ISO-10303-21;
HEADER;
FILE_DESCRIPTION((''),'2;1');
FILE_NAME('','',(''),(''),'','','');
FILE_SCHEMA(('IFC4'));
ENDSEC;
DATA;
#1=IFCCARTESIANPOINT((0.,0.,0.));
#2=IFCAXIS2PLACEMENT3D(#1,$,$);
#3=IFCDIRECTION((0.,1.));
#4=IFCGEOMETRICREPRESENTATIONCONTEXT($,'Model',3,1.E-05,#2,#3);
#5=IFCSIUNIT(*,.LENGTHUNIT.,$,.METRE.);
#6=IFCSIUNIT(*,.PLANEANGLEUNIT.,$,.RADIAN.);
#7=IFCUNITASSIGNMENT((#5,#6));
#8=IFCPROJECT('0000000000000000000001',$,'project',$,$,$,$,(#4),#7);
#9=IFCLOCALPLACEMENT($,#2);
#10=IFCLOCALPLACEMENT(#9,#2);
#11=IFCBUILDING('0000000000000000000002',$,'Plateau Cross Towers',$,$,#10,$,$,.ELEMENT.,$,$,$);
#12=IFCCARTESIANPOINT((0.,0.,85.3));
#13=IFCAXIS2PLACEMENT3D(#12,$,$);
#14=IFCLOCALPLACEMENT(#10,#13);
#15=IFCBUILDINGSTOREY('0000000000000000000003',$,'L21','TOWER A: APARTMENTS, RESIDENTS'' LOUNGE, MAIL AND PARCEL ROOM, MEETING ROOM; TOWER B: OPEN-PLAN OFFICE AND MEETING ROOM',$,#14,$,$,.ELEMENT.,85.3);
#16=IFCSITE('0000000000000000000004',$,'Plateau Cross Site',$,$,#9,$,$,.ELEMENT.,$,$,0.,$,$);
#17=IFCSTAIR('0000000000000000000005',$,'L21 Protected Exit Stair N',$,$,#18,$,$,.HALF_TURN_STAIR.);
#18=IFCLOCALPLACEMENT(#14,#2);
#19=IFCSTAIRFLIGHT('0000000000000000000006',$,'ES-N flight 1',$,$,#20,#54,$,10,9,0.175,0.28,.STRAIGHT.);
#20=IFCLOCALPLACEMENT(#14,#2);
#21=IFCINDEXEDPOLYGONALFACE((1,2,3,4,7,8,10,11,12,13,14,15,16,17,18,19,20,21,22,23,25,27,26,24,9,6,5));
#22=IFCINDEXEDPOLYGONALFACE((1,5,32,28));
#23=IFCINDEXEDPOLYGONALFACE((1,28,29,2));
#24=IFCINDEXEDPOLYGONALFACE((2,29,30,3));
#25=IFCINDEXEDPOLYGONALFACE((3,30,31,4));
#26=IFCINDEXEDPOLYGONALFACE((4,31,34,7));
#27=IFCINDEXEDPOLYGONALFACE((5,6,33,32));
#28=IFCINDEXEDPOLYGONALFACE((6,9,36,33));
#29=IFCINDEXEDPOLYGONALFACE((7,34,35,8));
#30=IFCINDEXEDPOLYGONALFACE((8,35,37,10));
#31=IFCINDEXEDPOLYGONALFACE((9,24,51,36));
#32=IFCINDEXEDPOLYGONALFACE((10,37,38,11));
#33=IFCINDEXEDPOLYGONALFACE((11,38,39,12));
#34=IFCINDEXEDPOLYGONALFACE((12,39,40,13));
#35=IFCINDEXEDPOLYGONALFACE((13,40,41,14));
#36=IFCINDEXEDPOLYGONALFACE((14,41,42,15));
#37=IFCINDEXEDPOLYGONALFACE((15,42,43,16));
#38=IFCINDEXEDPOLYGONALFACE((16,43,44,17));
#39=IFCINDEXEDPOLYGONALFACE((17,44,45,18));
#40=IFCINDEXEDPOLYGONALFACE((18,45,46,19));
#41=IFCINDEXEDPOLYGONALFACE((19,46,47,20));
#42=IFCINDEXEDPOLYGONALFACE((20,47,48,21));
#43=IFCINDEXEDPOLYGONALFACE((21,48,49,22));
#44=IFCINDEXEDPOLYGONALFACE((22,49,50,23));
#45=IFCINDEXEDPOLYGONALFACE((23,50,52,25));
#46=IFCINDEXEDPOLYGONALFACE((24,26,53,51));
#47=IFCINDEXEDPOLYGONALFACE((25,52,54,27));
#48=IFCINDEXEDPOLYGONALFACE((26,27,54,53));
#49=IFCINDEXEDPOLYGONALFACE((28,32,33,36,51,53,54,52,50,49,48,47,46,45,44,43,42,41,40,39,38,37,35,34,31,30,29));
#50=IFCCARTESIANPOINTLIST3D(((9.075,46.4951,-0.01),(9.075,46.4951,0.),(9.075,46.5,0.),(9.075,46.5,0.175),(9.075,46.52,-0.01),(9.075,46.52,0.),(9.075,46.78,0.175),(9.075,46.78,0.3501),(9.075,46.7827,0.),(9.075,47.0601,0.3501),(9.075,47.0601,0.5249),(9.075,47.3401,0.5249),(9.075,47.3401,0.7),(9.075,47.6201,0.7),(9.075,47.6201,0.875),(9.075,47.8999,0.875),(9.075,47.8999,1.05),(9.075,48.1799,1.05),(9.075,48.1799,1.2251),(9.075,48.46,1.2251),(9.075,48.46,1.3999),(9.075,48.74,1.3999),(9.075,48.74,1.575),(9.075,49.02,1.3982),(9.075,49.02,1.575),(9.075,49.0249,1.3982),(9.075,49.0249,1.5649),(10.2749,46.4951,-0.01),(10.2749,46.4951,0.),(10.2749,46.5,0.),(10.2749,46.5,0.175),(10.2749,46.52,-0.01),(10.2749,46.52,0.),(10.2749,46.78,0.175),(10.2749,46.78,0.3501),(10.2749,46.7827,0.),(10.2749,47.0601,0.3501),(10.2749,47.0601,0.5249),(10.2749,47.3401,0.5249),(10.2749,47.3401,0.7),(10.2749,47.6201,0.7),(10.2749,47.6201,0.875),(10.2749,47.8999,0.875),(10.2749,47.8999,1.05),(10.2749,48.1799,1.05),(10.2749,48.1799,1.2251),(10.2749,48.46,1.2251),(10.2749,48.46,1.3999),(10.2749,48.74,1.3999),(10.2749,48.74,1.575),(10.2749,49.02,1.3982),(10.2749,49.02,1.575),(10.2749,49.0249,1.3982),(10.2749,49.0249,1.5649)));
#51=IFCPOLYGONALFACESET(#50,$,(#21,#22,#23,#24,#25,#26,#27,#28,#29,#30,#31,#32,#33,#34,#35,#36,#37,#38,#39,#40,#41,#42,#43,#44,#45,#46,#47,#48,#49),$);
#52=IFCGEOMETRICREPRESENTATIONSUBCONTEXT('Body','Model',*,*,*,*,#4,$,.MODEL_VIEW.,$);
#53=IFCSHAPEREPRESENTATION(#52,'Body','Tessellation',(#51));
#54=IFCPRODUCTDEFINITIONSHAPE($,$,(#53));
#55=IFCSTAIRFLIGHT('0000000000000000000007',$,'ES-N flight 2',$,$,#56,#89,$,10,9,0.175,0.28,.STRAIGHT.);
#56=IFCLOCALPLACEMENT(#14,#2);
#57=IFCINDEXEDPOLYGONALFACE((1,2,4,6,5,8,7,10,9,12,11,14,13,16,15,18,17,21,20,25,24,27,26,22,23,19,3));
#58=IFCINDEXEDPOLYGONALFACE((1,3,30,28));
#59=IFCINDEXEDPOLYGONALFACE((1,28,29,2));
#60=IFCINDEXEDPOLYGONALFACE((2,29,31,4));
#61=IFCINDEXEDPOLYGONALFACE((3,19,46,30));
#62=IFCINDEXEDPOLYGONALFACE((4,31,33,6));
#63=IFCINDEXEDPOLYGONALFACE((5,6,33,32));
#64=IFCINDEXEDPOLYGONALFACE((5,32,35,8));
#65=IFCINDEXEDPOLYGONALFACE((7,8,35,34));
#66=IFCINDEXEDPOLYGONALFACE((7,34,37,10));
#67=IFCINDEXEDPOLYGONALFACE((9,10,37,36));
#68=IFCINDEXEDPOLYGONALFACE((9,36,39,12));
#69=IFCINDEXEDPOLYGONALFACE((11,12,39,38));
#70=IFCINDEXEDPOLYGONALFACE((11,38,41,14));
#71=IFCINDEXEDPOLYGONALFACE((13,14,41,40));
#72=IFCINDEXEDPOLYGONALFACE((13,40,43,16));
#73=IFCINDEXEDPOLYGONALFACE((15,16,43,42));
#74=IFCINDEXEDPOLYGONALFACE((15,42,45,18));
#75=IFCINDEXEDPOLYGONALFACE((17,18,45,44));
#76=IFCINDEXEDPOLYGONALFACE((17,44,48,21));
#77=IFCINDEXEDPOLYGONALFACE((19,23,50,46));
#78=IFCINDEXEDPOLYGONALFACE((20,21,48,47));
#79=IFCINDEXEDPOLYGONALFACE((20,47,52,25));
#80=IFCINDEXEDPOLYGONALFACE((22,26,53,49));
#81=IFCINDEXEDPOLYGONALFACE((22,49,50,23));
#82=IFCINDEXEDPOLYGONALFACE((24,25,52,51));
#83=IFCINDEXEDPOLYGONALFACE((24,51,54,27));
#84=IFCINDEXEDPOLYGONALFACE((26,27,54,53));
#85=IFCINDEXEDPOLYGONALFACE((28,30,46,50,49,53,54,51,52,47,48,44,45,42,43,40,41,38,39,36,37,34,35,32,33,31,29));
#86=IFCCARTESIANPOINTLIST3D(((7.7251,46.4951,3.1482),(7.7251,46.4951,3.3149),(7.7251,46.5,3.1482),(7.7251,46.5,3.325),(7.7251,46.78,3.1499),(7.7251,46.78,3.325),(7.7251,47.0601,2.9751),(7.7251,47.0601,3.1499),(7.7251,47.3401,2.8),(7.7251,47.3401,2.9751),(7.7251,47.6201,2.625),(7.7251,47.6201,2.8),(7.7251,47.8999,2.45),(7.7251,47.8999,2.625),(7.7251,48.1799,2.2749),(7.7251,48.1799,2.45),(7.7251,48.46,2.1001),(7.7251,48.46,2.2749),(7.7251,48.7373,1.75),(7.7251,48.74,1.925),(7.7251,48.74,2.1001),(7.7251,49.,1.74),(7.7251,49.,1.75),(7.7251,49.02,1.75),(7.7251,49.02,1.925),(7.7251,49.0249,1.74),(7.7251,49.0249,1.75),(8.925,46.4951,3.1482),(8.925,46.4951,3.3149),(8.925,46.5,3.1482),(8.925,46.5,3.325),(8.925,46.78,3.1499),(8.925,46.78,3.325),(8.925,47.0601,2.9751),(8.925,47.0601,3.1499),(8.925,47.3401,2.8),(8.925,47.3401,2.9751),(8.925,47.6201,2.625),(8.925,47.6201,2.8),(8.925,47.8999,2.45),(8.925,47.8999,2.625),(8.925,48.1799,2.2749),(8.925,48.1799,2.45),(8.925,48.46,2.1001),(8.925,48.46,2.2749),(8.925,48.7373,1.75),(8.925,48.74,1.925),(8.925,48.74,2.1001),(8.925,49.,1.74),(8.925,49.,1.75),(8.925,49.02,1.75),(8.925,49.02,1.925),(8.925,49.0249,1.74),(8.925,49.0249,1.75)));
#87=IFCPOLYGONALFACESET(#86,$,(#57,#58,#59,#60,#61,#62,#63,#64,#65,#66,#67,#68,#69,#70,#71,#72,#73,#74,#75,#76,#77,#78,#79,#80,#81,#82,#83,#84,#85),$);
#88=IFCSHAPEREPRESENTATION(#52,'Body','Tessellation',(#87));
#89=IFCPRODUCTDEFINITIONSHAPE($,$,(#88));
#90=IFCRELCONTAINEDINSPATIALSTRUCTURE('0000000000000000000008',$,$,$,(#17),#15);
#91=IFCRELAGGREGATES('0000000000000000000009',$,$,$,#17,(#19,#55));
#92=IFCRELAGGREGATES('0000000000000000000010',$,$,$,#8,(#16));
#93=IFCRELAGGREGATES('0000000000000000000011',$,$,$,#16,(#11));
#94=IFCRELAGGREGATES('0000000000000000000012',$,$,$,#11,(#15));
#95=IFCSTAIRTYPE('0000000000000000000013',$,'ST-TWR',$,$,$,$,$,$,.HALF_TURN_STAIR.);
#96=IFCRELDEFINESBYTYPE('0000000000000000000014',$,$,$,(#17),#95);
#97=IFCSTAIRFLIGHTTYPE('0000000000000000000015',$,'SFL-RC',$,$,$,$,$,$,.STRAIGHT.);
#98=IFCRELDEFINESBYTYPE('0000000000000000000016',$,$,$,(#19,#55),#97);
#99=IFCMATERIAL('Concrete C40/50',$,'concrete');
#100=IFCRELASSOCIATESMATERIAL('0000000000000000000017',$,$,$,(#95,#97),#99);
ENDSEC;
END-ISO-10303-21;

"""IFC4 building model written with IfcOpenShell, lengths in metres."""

from ifc_helpers import new_model, si_unit, direction, frame, origin, place, context, subcontext, project, spatial, polyline, outline, extrude, material, type_object, element, aggregate, save


model = new_model("IFC4")

# Units and contexts
model_context = context("Model", 3, precision=1e-05, world=origin(), true_north=direction((0.0, 1.0)))
body_context = subcontext(model_context, "Body", "Model", "MODEL_VIEW")
ifc_project = project(units=[si_unit("LENGTHUNIT", "METRE"), si_unit("PLANEANGLEUNIT", "RADIAN")], contexts=[model_context])

# Site, building, storey
site_placement = place(None, origin())
site = spatial("IfcSite", under=ifc_project, at=site_placement, Name="Plateau Cross Site", CompositionType="ELEMENT", RefElevation=0.0)
building_placement = place(site_placement, origin())
building = spatial("IfcBuilding", under=site, at=building_placement, Name="Plateau Cross Towers", CompositionType="ELEMENT")
storey_placement = place(building_placement, frame((0.0, 0.0, 85.3)))
storey = spatial("IfcBuildingStorey", under=building, at=storey_placement, Name="L21", Description="TOWER A: APARTMENTS, RESIDENTS' LOUNGE, MAIL AND PARCEL ROOM, MEETING ROOM; TOWER B: OPEN-PLAN OFFICE AND MEETING ROOM", CompositionType="ELEMENT", Elevation=85.3)

# Stair, stair flights
ifc_material_1 = material(Name="Concrete C40/50", Category="concrete")
stair_type = type_object("IfcStairType", Name="ST-TWR", PredefinedType="HALF_TURN_STAIR", material=ifc_material_1)
stair_placement = place(storey_placement, origin())
stair = element("IfcStair", 1, at=stair_placement, inside=storey, type_object=stair_type, Name="L21 Protected Exit Stair N", PredefinedType="HALF_TURN_STAIR")
stair_flight_type = type_object("IfcStairFlightType", Name="SFL-RC", PredefinedType="STRAIGHT", material=ifc_material_1)
stair_flight_1_placement = place(storey_placement, frame((9.675, 46.5, 0.0), z_axis=(0.0, 0.0, 1.0), x_axis=(0.0, 1.0, 0.0)))
stair_flight_1 = element("IfcStairFlight", 2, at=stair_flight_1_placement, type_object=stair_flight_type, Name="ES-N flight 1", NumberOfRisers=10, NumberOfTreads=9, PredefinedType="STRAIGHT", RiserHeight=0.175, TreadLength=0.28, context=body_context, shape_type="SweptSolid", body=[
    extrude(outline(polyline([(-0.0049, -0.01), (-0.0049, 0.0), (0.0, 0.0), (0.0, 0.175), (0.28, 0.175), (0.28, 0.3501), (0.5601, 0.3501), (0.5601, 0.5249), (0.8401, 0.5249), (0.8401, 0.7), (1.1201, 0.7), (1.1201, 0.875), (1.3999, 0.875), (1.3999, 1.05), (1.6799, 1.05), (1.6799, 1.2251), (1.96, 1.2251), (1.96, 1.3999), (2.24, 1.3999), (2.24, 1.575), (2.52, 1.575), (2.5249, 1.5649), (2.5249, 1.3982), (2.52, 1.3982), (0.2827, 0.0), (0.02, 0.0), (0.02, -0.01), (-0.0049, -0.01)])), frame((0.0, 0.6001, 0.0), z_axis=(0.0, -1.0, 0.0), x_axis=(1.0, 0.0, 0.0)), (0.0, 0.0, 1.0), 1.2),
])
stair_flight_2_placement = place(storey_placement, frame((8.325, 49.02, 1.75), z_axis=(0.0, 0.0, 1.0), x_axis=(0.0, -1.0, 0.0)))
stair_flight_2 = element("IfcStairFlight", 3, at=stair_flight_2_placement, type_object=stair_flight_type, Name="ES-N flight 2", NumberOfRisers=10, NumberOfTreads=9, PredefinedType="STRAIGHT", RiserHeight=0.175, TreadLength=0.28, context=body_context, shape_type="SweptSolid", body=[
    extrude(outline(polyline([(-0.0049, -0.01), (-0.0049, 0.0), (0.0, 0.0), (0.0, 0.175), (0.28, 0.175), (0.28, 0.3501), (0.5601, 0.3501), (0.5601, 0.5249), (0.8401, 0.5249), (0.8401, 0.7), (1.1201, 0.7), (1.1201, 0.875), (1.3999, 0.875), (1.3999, 1.05), (1.6799, 1.05), (1.6799, 1.2251), (1.96, 1.2251), (1.96, 1.3999), (2.24, 1.3999), (2.24, 1.575), (2.52, 1.575), (2.5249, 1.5649), (2.5249, 1.3982), (2.52, 1.3982), (0.2827, 0.0), (0.02, 0.0), (0.02, -0.01), (-0.0049, -0.01)])), frame((0.0, 0.6001, 0.0), z_axis=(0.0, -1.0, 0.0), x_axis=(1.0, 0.0, 0.0)), (0.0, 0.0, 1.0), 1.2),
])
aggregate(stair, [stair_flight_1, stair_flight_2])

save(model, "model.ifc")
